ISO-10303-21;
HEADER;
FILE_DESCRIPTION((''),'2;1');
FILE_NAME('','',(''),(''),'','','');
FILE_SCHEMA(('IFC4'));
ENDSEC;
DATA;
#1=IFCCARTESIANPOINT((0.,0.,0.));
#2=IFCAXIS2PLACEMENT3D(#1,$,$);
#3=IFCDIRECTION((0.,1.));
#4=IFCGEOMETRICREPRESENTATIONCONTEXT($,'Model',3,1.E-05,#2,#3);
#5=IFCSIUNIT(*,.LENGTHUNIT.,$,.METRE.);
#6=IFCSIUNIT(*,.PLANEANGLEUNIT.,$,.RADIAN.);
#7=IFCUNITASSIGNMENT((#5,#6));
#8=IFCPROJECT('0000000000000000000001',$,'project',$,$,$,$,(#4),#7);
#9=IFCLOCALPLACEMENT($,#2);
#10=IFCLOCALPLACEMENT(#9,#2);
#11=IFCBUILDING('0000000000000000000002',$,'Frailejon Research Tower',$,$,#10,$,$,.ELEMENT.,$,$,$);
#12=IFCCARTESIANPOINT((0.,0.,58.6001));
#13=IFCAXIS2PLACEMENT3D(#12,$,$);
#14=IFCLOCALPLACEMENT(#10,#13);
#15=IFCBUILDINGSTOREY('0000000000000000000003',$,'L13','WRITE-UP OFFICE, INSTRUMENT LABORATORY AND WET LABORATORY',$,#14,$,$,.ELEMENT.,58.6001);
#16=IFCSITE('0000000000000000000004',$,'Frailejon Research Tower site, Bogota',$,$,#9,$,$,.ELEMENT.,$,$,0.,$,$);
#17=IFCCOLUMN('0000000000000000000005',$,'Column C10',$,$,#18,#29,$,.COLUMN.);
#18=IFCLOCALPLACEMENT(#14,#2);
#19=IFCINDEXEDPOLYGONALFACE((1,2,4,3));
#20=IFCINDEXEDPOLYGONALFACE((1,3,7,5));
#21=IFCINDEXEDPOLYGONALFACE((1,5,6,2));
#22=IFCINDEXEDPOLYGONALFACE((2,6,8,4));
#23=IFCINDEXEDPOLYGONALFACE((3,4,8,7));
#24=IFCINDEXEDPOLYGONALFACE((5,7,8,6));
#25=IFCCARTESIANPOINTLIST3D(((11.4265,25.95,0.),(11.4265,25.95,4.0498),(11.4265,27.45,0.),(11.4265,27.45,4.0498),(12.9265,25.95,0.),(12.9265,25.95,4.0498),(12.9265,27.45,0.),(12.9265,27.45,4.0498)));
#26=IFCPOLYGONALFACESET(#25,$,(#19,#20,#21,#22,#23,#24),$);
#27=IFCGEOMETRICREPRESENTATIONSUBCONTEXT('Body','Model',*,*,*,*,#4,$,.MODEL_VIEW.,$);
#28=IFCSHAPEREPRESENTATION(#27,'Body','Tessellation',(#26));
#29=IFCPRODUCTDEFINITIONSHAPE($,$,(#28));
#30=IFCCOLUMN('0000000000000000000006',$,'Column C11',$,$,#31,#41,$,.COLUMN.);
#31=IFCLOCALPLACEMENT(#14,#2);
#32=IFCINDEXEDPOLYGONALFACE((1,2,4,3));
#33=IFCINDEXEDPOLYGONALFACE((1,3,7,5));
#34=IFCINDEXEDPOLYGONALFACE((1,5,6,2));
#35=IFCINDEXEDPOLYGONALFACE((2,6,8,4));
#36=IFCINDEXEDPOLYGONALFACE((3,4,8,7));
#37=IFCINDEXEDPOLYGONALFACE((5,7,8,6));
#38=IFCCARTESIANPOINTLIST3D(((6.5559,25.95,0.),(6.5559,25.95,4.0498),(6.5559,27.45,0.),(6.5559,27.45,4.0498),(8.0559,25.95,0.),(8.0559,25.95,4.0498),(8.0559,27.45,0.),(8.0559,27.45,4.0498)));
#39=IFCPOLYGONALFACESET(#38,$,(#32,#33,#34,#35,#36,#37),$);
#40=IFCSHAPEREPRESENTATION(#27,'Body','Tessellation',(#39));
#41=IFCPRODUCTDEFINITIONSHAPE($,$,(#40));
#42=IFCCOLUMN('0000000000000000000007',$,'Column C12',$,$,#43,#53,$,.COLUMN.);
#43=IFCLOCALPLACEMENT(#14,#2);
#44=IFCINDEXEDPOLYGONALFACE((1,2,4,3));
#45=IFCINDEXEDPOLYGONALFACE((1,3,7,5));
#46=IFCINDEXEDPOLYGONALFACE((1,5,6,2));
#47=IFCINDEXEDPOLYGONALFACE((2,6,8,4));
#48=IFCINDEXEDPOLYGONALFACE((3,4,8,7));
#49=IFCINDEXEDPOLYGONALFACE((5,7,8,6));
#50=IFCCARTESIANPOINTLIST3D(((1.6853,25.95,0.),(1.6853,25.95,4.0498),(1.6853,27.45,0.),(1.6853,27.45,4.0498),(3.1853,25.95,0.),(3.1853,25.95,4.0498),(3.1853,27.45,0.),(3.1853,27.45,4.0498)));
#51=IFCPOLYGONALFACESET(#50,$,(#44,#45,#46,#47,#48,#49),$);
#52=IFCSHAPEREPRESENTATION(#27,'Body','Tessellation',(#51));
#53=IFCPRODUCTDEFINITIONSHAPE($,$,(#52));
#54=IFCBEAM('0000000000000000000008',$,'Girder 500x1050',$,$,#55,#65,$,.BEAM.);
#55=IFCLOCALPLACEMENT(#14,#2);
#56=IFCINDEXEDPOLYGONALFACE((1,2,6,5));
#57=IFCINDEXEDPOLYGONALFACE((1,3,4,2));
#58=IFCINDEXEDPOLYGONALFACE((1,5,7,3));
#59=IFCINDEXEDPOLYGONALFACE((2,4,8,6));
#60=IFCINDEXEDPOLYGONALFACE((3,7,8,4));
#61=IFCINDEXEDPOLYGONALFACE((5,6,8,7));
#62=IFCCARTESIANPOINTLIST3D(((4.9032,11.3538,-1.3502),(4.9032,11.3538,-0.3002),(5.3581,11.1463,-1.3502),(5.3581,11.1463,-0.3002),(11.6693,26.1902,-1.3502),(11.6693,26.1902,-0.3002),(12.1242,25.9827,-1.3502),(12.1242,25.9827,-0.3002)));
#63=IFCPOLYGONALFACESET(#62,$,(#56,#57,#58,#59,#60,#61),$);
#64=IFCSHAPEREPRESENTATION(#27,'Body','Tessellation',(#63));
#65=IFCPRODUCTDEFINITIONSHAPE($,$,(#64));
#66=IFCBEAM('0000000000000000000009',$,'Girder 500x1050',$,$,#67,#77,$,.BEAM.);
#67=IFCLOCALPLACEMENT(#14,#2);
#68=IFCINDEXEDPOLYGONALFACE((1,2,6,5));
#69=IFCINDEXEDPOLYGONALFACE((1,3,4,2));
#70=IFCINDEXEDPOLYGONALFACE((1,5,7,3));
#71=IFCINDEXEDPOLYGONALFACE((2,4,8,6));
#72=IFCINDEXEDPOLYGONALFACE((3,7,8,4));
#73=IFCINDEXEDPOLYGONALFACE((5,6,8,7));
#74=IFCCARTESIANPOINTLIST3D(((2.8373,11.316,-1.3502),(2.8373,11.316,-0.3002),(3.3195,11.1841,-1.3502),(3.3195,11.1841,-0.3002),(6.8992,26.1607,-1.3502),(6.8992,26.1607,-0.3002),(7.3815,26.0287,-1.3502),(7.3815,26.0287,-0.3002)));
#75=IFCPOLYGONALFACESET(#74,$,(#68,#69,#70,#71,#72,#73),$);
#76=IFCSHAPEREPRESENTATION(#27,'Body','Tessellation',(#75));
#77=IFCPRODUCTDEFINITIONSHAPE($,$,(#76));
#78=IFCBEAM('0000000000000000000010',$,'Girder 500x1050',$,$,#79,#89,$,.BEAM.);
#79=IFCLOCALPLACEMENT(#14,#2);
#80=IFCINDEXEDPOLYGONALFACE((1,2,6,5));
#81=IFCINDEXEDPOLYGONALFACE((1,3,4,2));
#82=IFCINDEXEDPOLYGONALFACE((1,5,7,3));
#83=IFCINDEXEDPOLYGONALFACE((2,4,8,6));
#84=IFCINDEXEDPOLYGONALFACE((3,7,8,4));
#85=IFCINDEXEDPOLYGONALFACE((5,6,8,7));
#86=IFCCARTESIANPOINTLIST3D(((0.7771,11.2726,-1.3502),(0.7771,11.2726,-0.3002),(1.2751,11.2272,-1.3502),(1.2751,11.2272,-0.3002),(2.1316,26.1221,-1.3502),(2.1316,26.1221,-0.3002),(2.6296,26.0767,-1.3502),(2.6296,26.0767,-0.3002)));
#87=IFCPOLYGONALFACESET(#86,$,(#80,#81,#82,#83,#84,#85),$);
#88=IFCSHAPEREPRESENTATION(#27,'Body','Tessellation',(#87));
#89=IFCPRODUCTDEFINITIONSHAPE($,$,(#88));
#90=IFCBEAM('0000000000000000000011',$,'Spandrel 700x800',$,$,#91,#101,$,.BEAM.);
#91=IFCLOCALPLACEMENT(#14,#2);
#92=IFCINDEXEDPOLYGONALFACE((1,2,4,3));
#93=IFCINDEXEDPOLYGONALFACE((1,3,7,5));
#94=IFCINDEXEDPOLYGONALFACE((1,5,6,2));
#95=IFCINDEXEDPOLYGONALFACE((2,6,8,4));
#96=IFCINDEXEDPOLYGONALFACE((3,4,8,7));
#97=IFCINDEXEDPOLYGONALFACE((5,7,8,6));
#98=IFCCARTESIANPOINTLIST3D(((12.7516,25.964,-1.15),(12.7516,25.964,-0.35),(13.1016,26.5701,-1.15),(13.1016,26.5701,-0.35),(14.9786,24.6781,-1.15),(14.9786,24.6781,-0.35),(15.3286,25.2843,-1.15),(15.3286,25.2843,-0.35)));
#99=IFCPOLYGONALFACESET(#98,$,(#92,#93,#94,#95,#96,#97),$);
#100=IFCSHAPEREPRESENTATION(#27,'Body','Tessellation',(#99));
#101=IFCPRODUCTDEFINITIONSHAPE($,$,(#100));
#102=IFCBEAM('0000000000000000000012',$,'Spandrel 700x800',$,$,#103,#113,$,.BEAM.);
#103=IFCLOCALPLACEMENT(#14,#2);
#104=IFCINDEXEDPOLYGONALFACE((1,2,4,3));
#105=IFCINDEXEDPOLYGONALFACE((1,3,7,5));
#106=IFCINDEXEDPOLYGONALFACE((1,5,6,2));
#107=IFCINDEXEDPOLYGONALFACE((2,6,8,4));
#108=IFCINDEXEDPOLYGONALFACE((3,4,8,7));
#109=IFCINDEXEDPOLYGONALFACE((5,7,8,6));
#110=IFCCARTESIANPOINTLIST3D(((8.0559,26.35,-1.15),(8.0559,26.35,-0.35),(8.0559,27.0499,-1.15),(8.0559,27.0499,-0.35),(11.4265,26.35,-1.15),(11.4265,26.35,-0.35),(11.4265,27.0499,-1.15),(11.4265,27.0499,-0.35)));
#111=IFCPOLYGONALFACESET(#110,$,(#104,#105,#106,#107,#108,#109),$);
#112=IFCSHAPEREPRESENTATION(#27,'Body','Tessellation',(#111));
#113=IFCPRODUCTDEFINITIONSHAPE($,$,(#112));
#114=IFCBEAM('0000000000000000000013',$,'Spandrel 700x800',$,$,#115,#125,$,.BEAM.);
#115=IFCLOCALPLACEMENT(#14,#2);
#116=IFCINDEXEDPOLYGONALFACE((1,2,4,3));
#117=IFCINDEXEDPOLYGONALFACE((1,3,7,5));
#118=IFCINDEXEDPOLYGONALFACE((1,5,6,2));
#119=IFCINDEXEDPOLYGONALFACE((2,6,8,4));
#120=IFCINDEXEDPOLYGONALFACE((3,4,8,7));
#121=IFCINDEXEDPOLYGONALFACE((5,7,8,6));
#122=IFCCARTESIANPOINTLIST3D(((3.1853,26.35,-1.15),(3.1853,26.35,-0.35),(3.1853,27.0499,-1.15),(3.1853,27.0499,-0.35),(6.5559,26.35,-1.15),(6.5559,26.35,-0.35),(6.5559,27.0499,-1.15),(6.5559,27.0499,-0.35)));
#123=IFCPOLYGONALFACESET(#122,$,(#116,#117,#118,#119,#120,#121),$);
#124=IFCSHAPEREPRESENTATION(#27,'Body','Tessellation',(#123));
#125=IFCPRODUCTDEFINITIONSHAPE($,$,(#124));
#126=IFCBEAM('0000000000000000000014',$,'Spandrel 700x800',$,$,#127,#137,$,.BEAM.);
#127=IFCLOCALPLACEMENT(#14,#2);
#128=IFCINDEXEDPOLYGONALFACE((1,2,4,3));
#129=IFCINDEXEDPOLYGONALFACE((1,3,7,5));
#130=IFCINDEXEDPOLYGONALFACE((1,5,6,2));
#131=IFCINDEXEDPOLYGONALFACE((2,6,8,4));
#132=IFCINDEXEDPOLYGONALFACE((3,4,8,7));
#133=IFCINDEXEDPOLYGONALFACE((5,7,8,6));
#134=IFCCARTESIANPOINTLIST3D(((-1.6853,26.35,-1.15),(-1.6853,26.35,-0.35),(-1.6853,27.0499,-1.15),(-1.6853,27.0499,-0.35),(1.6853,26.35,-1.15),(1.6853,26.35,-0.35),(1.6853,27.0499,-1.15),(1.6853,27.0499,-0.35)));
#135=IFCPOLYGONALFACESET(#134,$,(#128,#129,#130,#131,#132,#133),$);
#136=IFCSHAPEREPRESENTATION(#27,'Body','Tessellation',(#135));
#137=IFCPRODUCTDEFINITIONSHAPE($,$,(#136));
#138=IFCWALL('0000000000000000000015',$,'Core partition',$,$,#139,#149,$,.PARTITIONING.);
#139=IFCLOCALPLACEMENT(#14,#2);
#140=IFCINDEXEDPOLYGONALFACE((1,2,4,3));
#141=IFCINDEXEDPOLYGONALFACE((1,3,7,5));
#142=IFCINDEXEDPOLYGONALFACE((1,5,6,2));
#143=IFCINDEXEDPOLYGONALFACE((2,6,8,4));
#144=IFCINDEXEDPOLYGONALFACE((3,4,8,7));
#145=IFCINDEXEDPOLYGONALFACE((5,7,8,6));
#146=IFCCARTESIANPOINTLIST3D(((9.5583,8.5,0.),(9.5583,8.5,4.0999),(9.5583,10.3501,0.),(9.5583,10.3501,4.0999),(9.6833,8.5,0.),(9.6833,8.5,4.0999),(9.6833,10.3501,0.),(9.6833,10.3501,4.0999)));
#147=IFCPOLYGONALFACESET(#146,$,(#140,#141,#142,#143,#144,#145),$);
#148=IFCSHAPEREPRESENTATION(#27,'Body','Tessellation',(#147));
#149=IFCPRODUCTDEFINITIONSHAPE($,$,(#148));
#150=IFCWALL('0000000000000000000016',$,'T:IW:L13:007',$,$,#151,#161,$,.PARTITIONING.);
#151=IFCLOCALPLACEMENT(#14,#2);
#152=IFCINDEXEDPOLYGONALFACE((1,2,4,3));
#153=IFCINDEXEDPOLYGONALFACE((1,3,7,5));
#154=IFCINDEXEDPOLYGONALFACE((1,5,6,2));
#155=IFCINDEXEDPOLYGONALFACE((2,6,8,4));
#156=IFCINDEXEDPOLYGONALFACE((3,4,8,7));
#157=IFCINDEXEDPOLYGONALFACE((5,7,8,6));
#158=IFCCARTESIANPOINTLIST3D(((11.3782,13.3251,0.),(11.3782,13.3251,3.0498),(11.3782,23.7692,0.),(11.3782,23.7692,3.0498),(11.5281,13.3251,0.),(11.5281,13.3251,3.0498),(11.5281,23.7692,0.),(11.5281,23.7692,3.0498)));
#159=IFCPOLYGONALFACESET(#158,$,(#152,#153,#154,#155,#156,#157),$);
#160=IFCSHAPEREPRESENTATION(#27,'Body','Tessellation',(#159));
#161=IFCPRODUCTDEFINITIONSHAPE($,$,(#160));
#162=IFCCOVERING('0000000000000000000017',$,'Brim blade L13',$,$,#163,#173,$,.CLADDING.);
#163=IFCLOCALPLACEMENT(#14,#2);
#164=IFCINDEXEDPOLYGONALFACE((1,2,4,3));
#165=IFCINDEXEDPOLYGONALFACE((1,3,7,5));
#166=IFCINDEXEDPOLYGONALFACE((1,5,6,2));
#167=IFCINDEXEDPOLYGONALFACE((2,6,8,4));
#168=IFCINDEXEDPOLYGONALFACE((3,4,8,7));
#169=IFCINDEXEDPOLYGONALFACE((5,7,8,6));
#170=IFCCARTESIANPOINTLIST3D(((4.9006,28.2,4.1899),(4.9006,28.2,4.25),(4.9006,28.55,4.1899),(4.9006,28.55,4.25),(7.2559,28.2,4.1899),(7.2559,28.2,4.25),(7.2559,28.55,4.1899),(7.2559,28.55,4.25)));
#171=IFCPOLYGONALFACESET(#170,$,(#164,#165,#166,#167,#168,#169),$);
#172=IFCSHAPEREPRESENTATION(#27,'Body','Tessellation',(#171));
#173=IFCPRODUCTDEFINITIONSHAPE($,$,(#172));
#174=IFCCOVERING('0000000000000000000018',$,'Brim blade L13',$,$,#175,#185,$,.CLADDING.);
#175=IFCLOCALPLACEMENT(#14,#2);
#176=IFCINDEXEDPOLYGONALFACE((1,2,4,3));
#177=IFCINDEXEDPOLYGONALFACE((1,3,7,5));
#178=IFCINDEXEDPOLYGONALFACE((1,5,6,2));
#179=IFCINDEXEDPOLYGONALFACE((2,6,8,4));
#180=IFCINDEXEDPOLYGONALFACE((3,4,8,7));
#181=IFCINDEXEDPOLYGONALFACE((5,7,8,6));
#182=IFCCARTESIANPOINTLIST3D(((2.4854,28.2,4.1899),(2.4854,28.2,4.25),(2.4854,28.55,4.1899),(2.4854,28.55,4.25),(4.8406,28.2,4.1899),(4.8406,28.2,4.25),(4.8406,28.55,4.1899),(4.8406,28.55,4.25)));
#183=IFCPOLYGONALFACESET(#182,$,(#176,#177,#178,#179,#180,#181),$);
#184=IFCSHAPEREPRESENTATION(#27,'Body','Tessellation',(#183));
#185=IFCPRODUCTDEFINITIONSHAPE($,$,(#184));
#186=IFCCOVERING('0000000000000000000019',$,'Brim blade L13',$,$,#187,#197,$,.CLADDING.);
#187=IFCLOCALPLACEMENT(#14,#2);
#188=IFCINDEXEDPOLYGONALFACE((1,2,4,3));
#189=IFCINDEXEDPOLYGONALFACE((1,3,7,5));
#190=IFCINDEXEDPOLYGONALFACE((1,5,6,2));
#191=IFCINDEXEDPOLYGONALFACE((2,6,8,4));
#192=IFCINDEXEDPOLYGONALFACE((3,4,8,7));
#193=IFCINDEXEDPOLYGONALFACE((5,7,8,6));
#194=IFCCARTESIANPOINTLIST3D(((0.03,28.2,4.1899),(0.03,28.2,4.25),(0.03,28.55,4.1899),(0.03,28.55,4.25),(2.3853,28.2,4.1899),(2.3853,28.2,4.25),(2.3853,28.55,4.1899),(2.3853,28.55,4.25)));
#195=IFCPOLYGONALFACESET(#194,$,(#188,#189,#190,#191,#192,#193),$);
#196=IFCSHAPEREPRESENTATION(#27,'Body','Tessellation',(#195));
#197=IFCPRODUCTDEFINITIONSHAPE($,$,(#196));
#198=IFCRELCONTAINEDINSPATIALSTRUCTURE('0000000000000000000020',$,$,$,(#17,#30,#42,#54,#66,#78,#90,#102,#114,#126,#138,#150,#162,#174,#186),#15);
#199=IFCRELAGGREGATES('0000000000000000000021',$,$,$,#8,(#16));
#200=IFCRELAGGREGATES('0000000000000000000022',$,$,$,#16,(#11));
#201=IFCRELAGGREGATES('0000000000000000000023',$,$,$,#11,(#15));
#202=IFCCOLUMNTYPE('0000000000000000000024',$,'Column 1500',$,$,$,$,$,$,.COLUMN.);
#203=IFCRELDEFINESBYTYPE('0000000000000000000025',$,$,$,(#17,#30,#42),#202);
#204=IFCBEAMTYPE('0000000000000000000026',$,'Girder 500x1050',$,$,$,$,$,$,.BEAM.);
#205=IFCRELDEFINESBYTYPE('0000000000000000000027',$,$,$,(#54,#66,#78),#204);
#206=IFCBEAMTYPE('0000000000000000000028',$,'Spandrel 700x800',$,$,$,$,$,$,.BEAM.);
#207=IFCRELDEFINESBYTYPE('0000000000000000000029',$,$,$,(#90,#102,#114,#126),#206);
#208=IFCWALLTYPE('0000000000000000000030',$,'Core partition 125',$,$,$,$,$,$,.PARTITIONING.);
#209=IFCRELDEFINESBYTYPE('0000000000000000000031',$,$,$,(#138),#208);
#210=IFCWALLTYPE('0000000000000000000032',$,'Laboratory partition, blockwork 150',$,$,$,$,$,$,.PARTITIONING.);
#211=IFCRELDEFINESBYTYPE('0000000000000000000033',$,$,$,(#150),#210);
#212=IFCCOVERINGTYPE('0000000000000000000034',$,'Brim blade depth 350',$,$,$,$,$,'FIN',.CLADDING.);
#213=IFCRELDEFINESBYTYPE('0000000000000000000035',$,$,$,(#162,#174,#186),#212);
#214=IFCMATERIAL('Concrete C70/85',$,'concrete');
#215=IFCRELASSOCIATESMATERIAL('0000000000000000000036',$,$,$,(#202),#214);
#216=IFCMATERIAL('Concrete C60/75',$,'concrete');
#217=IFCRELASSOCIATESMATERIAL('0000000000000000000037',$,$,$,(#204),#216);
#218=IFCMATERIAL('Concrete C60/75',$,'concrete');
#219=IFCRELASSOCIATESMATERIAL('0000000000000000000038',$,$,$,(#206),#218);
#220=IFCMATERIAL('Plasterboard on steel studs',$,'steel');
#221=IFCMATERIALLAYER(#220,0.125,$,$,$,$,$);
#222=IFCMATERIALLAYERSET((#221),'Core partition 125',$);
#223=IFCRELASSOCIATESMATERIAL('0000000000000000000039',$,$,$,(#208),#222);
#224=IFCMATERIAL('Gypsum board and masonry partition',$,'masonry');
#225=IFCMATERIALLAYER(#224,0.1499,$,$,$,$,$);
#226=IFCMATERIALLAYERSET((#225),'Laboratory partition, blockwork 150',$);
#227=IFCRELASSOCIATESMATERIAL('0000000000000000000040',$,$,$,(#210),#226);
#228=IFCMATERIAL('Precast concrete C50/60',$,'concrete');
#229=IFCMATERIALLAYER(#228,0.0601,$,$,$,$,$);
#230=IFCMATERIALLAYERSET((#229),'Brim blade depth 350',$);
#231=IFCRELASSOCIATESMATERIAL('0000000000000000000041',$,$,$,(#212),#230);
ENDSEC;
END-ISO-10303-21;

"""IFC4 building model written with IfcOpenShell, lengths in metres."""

from ifc_helpers import new_model, si_unit, direction, frame, frame_2d, origin, origin_2d, place, context, subcontext, project, spatial, polyline, rectangle, outline, extrude, material, layer, layer_set, material_profile, profile_set, type_object, element, save


model = new_model("IFC4")

# Units and contexts
model_context = context("Model", 3, precision=1e-05, world=origin(), true_north=direction((0.0, 1.0)))
body_context = subcontext(model_context, "Body", "Model", "MODEL_VIEW")
ifc_project = project(units=[si_unit("LENGTHUNIT", "METRE"), si_unit("PLANEANGLEUNIT", "RADIAN")], contexts=[model_context])

# Site, building, storey
site_placement = place(None, origin())
site = spatial("IfcSite", under=ifc_project, at=site_placement, Name="Frailejon Research Tower site, Bogota", CompositionType="ELEMENT", RefElevation=0.0)
building_placement = place(site_placement, origin())
building = spatial("IfcBuilding", under=site, at=building_placement, Name="Frailejon Research Tower", CompositionType="ELEMENT")
storey_placement = place(building_placement, frame((0.0, 0.0, 58.6001)))
storey = spatial("IfcBuildingStorey", under=building, at=storey_placement, Name="L13", Description="WRITE-UP OFFICE, INSTRUMENT LABORATORY AND WET LABORATORY", CompositionType="ELEMENT", Elevation=58.6001)

# Columns
ifc_material_1 = material(Name="Concrete C70/85", Category="concrete")
ifc_material_profile_1 = material_profile(ifc_material_1, rectangle(XDim=1.5, YDim=1.5, at=origin_2d()), Name="Column 1500")
ifc_profile_set_1 = profile_set([ifc_material_profile_1], Name="Concrete C70/85")
column_type = type_object("IfcColumnType", Name="Column 1500", PredefinedType="COLUMN", material=ifc_profile_set_1)
for number, where, z_axis, x_axis, name in (
    (1, (12.1765, 26.7, 0.0), (0.0, 0.0, 1.0), (-1.0, 0.0, 0.0), "Column C10"),
    (2, (7.3059, 26.7, 0.0), (0.0, 0.0, 1.0), (-1.0, 0.0, 0.0), "Column C11"),
    (3, (2.4353, 26.7, 0.0), (0.0, 0.0, 1.0), (-1.0, 0.0, 0.0), "Column C12"),
):
    element("IfcColumn", number, at=place(storey_placement, frame(where, z_axis=z_axis, x_axis=x_axis)), inside=storey, type_object=column_type, Name=name, PredefinedType="COLUMN", context=body_context, shape_type="SweptSolid", body=[
        extrude(rectangle(XDim=1.5, YDim=1.5, at=origin_2d()), origin(), (0.0, 0.0, 1.0), 4.0498),
    ])

# Beams
ifc_material_2 = material(Name="Concrete C60/75", Category="concrete")
ifc_material_profile_2 = material_profile(ifc_material_2, rectangle(XDim=0.5, YDim=1.05, at=origin_2d()), Name="Girder 500x1050")
ifc_profile_set_2 = profile_set([ifc_material_profile_2], Name="Concrete C60/75")
beam_type_1 = type_object("IfcBeamType", Name="Girder 500x1050", PredefinedType="BEAM", material=ifc_profile_set_2)
beam_1_placement = place(storey_placement, frame((11.8967, 26.0864, -0.8252), z_axis=(-0.414935, -0.909851, 0.0), x_axis=(0.909851, -0.414935, 0.0)))
element("IfcBeam", 4, at=beam_1_placement, inside=storey, type_object=beam_type_1, Name="Girder 500x1050", PredefinedType="BEAM", context=body_context, shape_type="SweptSolid", body=[
    extrude(rectangle(XDim=0.5, YDim=1.05, at=origin_2d()), origin(), (0.0, 0.0, 1.0), 16.3064),
])
beam_2_placement = place(storey_placement, frame((7.1404, 26.0947, -0.8252), z_axis=(-0.263931, -0.964542, 0.0), x_axis=(0.964542, -0.263931, 0.0)))
element("IfcBeam", 5, at=beam_2_placement, inside=storey, type_object=beam_type_1, Name="Girder 500x1050", PredefinedType="BEAM", context=body_context, shape_type="SweptSolid", body=[
    extrude(rectangle(XDim=0.5, YDim=1.05, at=origin_2d()), origin(), (0.0, 0.0, 1.0), 15.3904),
])
beam_3_placement = place(storey_placement, frame((2.3806, 26.0994, -0.8252), z_axis=(-0.090838, -0.995866, 0.0), x_axis=(0.995866, -0.090838, 0.0)))
element("IfcBeam", 6, at=beam_3_placement, inside=storey, type_object=beam_type_1, Name="Girder 500x1050", PredefinedType="BEAM", context=body_context, shape_type="SweptSolid", body=[
    extrude(rectangle(XDim=0.5, YDim=1.05, at=origin_2d()), origin(), (0.0, 0.0, 1.0), 14.9111),
])
ifc_material_3 = material(Name="Concrete C60/75", Category="concrete")
ifc_material_profile_3 = material_profile(ifc_material_3, rectangle(XDim=0.7, YDim=0.8, at=origin_2d()), Name="Spandrel 700x800")
ifc_profile_set_3 = profile_set([ifc_material_profile_3], Name="Concrete C60/75")
beam_type_2 = type_object("IfcBeamType", Name="Spandrel 700x800", PredefinedType="BEAM", material=ifc_profile_set_3)
beam_4_placement = place(storey_placement, frame((15.1536, 24.9812, -0.75), z_axis=(-0.866009, 0.500029, 0.0), x_axis=(-0.500029, -0.866009, 0.0)))
element("IfcBeam", 7, at=beam_4_placement, inside=storey, type_object=beam_type_2, Name="Spandrel 700x800", PredefinedType="BEAM", context=body_context, shape_type="SweptSolid", body=[
    extrude(rectangle(XDim=0.7, YDim=0.8, at=origin_2d()), origin(), (0.0, 0.0, 1.0), 2.5715),
])
for number, where, z_axis, x_axis, name in (
    (8, (11.4265, 26.7, -0.75), (-1.0, 0.0, 0.0), (0.0, -1.0, 0.0), "Spandrel 700x800"),
    (9, (6.5559, 26.7, -0.75), (-1.0, 0.0, 0.0), (0.0, -1.0, 0.0), "Spandrel 700x800"),
    (10, (1.6853, 26.7, -0.75), (-1.0, 0.0, 0.0), (0.0, -1.0, 0.0), "Spandrel 700x800"),
):
    element("IfcBeam", number, at=place(storey_placement, frame(where, z_axis=z_axis, x_axis=x_axis)), inside=storey, type_object=beam_type_2, Name=name, PredefinedType="BEAM", context=body_context, shape_type="SweptSolid", body=[
        extrude(rectangle(XDim=0.7, YDim=0.8, at=origin_2d()), origin(), (0.0, 0.0, 1.0), 3.3706),
    ])

# Walls
ifc_material_4 = material(Name="Plasterboard on steel studs", Category="steel")
ifc_layer_1 = layer(ifc_material_4, 0.125)
ifc_layer_set_1 = layer_set([ifc_layer_1], Name="Core partition 125")
wall_type_1 = type_object("IfcWallType", Name="Core partition 125", PredefinedType="PARTITIONING", material=ifc_layer_set_1)
wall_1_placement = place(storey_placement, frame((9.6208, 8.5, 0.0), z_axis=(0.0, 0.0, 1.0), x_axis=(0.0, 1.0, 0.0)))
element("IfcWall", 11, at=wall_1_placement, inside=storey, type_object=wall_type_1, Name="Core partition", PredefinedType="PARTITIONING", context=body_context, shape_type="SweptSolid", body=[
    extrude(rectangle(XDim=1.8501, YDim=0.125, at=frame_2d((0.925, 0.0))), origin(), (0.0, 0.0, 1.0), 4.0999),
])
ifc_material_5 = material(Name="Gypsum board and masonry partition", Category="masonry")
ifc_layer_2 = layer(ifc_material_5, 0.1499)
ifc_layer_set_2 = layer_set([ifc_layer_2], Name="Laboratory partition, blockwork 150")
wall_type_2 = type_object("IfcWallType", Name="Laboratory partition, blockwork 150", PredefinedType="PARTITIONING", material=ifc_layer_set_2)
wall_2_placement = place(storey_placement, frame((11.4531, 13.325, 0.0), z_axis=(0.0, 0.0, 1.0), x_axis=(0.0, 1.0, 0.0)))
element("IfcWall", 12, at=wall_2_placement, inside=storey, type_object=wall_type_2, Name="T:IW:L13:007", PredefinedType="PARTITIONING", context=body_context, shape_type="SweptSolid", body=[
    extrude(rectangle(XDim=10.4441, YDim=0.1499, at=frame_2d((5.2222, 0.0))), origin(), (0.0, 0.0, 1.0), 3.0498),
])

# Coverings
ifc_material_6 = material(Name="Precast concrete C50/60", Category="concrete")
ifc_layer_3 = layer(ifc_material_6, 0.0601)
ifc_layer_set_3 = layer_set([ifc_layer_3], Name="Brim blade depth 350")
covering_type_1 = type_object("IfcCoveringType", Name="Brim blade depth 350", ElementType="FIN", PredefinedType="CLADDING", material=ifc_layer_set_3)
for number, where, z_axis, x_axis, name in (
    (13, (4.9006, 28.2, 4.25), (1.0, 0.0, 0.0), (0.0, 1.0, 0.0), "Brim blade L13"),
    (14, (2.4854, 28.2, 4.25), (1.0, 0.0, 0.0), (0.0, 1.0, 0.0), "Brim blade L13"),
    (15, (0.03, 28.2, 4.25), (1.0, 0.0, 0.0), (0.0, 1.0, 0.0), "Brim blade L13"),
):
    element("IfcCovering", number, at=place(storey_placement, frame(where, z_axis=z_axis, x_axis=x_axis)), inside=storey, type_object=covering_type_1, Name=name, PredefinedType="CLADDING", context=body_context, shape_type="SweptSolid", body=[
        extrude(outline(polyline([(0.0, -0.0601), (0.3501, -0.0601), (0.3501, 0.0), (0.0, 0.0), (0.0, -0.0601)])), origin(), (0.0, 0.0, 1.0), 2.3552),
    ])

save(model, "model.ifc")
